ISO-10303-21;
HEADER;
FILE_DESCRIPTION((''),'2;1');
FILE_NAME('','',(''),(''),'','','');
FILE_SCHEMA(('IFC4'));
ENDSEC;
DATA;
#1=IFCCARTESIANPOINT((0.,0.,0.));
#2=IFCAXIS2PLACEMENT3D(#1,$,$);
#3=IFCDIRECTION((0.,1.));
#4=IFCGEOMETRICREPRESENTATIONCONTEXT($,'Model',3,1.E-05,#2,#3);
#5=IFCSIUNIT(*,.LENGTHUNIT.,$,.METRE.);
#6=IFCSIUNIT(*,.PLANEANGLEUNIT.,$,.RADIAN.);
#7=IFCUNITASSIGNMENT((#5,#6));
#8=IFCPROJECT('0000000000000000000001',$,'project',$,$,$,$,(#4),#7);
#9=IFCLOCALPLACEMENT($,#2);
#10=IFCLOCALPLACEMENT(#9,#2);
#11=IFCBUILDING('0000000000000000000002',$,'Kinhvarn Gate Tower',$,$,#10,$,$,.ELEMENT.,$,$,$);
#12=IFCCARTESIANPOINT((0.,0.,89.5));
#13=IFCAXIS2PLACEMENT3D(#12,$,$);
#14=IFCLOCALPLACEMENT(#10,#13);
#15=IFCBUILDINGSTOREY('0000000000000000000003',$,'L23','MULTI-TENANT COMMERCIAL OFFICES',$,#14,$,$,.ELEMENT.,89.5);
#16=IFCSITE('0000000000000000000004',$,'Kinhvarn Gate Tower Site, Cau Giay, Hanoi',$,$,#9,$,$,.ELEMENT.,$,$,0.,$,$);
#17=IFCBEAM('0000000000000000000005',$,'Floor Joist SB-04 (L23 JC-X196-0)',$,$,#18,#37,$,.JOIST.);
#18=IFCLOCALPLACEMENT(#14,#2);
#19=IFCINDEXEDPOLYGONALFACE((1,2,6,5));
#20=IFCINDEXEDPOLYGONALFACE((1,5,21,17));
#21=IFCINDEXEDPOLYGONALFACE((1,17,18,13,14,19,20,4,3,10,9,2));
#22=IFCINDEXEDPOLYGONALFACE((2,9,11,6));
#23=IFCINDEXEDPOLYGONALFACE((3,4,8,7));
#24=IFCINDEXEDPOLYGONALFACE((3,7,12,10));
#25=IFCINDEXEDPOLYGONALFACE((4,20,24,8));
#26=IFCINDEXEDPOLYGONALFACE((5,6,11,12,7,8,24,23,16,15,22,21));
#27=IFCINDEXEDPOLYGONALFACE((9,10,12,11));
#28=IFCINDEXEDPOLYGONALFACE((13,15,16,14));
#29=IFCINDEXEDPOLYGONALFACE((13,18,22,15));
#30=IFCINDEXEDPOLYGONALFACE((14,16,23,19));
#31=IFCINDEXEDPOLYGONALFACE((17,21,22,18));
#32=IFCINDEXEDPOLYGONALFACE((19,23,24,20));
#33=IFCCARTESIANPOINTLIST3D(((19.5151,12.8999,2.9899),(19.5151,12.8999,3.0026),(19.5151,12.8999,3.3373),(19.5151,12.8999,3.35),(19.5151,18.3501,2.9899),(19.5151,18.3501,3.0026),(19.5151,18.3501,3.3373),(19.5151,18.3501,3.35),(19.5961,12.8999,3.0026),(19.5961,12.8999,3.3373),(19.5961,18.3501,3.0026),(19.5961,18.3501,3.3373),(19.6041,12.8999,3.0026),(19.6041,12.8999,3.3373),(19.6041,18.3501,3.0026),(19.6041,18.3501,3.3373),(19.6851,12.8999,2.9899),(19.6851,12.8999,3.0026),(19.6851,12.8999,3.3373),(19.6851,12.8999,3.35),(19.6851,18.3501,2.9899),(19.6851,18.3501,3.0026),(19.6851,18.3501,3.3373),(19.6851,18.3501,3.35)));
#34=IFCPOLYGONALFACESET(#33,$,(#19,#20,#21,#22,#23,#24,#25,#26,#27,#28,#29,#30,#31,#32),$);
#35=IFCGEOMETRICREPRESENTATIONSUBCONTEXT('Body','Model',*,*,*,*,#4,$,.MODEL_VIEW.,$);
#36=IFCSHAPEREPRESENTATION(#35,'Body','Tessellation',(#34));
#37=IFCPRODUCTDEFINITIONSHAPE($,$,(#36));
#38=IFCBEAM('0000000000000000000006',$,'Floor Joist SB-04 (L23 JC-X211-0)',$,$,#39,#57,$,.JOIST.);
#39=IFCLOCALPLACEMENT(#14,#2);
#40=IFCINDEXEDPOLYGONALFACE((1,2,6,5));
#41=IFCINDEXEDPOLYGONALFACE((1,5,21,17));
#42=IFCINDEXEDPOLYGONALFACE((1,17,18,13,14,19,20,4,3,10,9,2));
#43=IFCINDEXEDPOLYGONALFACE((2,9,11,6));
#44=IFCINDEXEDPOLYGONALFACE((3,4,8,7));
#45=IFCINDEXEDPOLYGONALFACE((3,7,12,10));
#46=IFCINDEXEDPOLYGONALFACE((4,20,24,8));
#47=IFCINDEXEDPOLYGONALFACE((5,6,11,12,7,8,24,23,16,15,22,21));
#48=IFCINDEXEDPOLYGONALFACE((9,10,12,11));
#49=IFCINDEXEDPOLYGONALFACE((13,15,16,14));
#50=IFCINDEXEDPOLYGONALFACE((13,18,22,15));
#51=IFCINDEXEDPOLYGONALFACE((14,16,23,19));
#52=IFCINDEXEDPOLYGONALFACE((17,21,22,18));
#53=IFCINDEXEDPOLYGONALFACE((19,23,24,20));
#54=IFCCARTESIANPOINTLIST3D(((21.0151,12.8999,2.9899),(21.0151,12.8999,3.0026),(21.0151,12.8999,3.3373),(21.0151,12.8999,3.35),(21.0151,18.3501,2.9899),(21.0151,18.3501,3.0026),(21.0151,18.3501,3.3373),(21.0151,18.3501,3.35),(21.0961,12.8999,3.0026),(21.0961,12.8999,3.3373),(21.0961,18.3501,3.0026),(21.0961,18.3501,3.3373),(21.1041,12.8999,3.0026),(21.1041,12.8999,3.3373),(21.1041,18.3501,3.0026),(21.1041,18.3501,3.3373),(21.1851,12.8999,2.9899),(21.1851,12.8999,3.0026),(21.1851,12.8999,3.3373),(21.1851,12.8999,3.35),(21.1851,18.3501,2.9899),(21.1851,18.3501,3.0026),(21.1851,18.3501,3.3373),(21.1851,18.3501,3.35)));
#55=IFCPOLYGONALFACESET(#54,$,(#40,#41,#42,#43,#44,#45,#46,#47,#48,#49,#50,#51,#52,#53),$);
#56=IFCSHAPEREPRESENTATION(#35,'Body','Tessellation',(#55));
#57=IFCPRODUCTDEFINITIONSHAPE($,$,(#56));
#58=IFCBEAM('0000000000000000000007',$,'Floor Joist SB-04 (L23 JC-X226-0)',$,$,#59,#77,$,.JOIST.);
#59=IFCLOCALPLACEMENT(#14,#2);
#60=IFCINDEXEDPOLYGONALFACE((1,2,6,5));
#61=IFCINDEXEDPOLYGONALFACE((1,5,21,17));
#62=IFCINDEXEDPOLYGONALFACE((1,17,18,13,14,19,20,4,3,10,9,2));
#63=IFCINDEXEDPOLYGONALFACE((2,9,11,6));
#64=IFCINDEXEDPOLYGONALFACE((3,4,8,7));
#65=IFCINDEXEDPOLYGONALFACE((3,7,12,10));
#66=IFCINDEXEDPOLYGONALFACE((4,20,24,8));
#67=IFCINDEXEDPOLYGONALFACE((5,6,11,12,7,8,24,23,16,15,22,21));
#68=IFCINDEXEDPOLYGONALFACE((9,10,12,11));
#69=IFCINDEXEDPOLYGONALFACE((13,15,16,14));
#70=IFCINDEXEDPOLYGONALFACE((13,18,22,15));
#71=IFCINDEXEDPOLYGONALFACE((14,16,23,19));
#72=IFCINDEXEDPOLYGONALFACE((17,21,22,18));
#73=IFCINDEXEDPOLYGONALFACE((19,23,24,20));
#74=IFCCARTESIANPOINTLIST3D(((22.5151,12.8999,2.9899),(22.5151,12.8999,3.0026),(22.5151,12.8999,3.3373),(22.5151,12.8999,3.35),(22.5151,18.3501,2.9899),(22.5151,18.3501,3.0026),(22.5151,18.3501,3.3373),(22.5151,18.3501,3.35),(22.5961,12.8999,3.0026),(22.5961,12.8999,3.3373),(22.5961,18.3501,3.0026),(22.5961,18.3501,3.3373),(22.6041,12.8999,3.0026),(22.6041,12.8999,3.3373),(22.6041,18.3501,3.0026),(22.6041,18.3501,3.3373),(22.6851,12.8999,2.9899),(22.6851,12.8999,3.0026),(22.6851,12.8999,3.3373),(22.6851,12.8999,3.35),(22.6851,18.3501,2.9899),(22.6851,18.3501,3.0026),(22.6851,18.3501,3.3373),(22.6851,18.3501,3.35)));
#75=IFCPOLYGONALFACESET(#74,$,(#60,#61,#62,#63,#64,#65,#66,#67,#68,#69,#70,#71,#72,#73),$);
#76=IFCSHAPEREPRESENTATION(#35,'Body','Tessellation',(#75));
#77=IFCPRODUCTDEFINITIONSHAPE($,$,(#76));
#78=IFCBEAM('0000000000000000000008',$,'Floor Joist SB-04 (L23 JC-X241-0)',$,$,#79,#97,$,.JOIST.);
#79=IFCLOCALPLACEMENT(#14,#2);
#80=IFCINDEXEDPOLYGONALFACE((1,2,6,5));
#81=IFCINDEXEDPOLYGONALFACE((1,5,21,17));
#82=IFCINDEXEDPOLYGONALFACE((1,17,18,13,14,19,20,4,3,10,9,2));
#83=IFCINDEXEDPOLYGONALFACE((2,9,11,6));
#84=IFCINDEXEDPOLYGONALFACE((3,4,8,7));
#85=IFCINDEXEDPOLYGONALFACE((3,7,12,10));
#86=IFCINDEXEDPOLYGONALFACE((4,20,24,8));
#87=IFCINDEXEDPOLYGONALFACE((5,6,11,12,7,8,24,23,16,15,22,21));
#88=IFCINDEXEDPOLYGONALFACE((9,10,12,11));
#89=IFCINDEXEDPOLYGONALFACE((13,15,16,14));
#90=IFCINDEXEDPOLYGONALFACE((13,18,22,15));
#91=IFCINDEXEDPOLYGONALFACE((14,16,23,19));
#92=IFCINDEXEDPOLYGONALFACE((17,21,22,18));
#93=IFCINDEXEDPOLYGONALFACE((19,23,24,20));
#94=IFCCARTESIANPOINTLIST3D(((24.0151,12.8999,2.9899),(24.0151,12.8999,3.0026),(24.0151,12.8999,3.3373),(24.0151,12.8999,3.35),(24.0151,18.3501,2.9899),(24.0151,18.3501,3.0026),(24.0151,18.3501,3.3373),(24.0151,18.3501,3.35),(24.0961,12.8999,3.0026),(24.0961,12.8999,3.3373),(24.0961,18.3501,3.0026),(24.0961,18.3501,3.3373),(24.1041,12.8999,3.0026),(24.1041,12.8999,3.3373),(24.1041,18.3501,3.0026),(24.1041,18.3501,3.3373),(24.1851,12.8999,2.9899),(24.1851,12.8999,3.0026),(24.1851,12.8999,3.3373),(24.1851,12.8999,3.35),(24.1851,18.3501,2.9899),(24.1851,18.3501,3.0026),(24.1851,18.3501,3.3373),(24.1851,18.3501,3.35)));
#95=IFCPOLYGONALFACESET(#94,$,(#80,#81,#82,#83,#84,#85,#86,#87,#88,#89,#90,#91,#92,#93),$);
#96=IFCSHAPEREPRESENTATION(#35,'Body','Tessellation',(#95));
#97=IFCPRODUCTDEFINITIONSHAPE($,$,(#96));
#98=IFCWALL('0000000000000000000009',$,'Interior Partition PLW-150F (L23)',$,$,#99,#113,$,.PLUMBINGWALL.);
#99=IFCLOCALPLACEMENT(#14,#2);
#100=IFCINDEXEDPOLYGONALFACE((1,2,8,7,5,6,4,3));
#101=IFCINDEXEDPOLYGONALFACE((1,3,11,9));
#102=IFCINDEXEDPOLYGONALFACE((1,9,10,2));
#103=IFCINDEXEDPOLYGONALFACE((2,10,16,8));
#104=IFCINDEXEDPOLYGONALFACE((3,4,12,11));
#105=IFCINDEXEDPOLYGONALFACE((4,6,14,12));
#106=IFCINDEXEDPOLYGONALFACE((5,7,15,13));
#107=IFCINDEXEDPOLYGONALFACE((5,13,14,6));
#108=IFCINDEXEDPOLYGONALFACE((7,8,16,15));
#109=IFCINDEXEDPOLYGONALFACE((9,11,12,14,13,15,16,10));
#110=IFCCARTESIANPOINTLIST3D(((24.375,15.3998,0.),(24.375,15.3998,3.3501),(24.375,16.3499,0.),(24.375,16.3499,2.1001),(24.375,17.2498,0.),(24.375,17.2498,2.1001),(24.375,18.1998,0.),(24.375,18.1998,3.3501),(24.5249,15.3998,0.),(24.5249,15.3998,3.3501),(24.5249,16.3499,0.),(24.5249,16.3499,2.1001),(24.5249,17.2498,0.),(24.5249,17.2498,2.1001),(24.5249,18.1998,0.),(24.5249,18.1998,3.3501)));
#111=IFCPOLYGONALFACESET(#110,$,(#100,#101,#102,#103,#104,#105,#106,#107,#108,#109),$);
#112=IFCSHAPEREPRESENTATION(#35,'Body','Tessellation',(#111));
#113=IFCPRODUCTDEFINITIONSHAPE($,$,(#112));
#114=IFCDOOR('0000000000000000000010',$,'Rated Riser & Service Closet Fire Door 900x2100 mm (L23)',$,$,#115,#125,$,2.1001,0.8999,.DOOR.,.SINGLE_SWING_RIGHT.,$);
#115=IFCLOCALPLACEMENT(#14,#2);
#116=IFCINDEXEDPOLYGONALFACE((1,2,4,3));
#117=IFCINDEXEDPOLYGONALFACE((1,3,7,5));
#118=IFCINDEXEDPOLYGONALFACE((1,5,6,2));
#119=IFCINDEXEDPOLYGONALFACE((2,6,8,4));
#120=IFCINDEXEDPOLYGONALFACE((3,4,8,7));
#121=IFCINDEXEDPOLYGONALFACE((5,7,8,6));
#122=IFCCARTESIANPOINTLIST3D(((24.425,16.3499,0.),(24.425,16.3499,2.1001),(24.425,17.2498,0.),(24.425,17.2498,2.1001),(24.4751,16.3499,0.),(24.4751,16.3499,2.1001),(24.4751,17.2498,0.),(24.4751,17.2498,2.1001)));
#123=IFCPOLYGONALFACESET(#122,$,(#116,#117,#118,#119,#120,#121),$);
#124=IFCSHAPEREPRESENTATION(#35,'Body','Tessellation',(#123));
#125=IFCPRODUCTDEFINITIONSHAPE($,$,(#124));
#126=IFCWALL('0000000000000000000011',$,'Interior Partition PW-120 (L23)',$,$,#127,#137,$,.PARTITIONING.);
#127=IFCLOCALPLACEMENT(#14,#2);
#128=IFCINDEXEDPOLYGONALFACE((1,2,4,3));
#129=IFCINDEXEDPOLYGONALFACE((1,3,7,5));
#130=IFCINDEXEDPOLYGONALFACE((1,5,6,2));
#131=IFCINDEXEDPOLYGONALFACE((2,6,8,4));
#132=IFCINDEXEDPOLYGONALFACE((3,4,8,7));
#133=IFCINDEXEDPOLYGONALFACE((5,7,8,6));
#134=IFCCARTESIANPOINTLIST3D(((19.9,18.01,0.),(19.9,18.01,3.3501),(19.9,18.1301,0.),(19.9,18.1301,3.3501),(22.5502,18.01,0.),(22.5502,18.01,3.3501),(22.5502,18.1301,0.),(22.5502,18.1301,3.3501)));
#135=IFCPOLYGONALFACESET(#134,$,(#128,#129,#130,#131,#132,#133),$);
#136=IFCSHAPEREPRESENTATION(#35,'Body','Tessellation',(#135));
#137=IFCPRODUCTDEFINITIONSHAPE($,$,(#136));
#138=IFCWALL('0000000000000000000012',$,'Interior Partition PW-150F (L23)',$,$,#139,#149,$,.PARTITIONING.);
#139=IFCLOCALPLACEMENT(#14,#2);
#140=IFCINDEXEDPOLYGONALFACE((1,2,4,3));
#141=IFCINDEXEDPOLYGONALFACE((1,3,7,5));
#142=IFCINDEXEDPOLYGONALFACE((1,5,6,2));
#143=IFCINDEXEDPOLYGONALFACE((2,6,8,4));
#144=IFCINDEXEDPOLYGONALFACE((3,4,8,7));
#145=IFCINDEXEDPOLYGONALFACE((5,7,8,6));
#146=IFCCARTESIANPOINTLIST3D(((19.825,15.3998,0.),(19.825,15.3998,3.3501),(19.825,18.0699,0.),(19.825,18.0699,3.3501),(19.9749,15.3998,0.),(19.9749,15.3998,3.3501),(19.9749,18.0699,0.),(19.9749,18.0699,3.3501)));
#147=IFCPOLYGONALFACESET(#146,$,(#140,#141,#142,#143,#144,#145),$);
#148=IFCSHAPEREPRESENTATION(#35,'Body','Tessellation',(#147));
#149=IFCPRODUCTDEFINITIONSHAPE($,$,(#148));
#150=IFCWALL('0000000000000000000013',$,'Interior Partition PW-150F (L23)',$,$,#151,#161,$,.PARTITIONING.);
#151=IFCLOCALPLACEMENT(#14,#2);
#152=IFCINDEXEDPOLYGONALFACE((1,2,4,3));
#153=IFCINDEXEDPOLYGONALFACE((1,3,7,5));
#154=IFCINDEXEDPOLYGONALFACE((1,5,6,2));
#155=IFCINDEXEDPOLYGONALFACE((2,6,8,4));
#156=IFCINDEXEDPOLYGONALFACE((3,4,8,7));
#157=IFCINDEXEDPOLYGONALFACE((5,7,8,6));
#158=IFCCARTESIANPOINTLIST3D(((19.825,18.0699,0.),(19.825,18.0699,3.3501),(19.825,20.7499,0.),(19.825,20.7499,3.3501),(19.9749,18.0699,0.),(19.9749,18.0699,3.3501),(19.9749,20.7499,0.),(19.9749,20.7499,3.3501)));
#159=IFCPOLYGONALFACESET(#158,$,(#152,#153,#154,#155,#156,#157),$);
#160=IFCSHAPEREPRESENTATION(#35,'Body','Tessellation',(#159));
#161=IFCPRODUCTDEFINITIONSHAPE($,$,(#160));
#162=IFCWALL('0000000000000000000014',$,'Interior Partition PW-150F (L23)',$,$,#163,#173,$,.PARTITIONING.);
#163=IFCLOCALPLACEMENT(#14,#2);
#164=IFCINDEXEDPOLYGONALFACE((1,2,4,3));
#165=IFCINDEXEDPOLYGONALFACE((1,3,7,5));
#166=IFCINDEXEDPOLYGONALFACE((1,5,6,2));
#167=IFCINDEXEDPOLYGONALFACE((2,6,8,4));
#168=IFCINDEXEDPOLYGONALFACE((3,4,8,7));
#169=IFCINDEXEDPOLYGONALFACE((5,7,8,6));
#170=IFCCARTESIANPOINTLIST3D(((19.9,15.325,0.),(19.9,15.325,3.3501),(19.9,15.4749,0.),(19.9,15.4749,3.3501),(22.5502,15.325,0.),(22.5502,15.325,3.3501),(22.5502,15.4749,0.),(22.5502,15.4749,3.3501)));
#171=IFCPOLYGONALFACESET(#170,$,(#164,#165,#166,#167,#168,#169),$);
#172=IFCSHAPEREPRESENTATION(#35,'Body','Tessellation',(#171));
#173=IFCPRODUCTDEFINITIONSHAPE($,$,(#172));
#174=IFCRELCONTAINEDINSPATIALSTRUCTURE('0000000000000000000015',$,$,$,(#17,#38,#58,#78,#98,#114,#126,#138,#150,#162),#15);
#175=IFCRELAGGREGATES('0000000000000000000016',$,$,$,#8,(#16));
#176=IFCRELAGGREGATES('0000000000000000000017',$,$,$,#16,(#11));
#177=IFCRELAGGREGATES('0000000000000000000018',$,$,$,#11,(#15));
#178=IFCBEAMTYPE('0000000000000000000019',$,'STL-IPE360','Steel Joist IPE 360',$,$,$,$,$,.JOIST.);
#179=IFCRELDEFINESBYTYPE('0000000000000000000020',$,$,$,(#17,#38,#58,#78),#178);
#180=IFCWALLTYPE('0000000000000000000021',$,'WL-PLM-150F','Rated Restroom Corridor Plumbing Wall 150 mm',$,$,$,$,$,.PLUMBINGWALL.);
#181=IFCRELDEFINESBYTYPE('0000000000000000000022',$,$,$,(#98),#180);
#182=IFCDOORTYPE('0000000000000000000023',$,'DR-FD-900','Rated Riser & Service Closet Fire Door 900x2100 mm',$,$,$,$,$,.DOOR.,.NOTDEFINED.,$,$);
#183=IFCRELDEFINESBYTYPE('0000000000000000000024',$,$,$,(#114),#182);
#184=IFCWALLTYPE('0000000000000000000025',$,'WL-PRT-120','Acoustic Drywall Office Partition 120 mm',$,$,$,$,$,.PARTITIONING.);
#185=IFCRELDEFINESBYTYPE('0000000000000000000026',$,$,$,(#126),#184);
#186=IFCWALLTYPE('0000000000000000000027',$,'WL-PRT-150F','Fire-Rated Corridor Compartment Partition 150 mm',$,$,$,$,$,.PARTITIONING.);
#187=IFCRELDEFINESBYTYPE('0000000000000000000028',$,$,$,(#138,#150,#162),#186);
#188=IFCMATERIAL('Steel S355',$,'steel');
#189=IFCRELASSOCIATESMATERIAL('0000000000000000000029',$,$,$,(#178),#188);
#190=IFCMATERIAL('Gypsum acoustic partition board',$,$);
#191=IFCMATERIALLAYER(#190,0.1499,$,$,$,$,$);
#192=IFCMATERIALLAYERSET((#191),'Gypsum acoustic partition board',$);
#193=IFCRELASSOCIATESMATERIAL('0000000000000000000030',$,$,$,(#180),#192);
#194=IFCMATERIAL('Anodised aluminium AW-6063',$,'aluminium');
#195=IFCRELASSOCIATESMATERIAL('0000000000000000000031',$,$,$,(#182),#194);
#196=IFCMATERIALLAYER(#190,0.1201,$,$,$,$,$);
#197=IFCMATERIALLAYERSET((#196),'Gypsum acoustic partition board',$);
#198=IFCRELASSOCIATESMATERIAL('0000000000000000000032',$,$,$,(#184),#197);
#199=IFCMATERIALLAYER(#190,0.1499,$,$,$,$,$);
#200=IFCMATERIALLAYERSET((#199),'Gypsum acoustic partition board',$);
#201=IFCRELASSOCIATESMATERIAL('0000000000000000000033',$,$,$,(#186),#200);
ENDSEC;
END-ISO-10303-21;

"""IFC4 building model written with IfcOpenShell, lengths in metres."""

from ifc_helpers import new_model, si_unit, direction, frame, frame_2d, origin, origin_2d, place, context, subcontext, project, spatial, rectangle, i_section, extrude, material, layer, layer_set, material_profile, profile_set, type_object, element, fill, save


model = new_model("IFC4")

# Units and contexts
model_context = context("Model", 3, precision=1e-05, world=origin(), true_north=direction((0.0, 1.0)))
body_context = subcontext(model_context, "Body", "Model", "MODEL_VIEW")
ifc_project = project(units=[si_unit("LENGTHUNIT", "METRE"), si_unit("PLANEANGLEUNIT", "RADIAN")], contexts=[model_context])

# Site, building, storey
site_placement = place(None, origin())
site = spatial("IfcSite", under=ifc_project, at=site_placement, Name="Kinhvarn Gate Tower Site, Cau Giay, Hanoi", CompositionType="ELEMENT", RefElevation=0.0)
building_placement = place(site_placement, origin())
building = spatial("IfcBuilding", under=site, at=building_placement, Name="Kinhvarn Gate Tower", CompositionType="ELEMENT")
storey_placement = place(building_placement, frame((0.0, 0.0, 89.5)))
storey = spatial("IfcBuildingStorey", under=building, at=storey_placement, Name="L23", Description="MULTI-TENANT COMMERCIAL OFFICES", CompositionType="ELEMENT", Elevation=89.5)

# Beams
ifc_material_1 = material(Name="Steel S355", Category="steel")
ifc_material_profile = material_profile(ifc_material_1, i_section(OverallWidth=0.1699, OverallDepth=0.3601, WebThickness=0.0081, FlangeThickness=0.0127, at=origin_2d()), Name="IPE 360")
ifc_profile_set = profile_set([ifc_material_profile], Name="Steel S355")
beam_type = type_object("IfcBeamType", Name="STL-IPE360", Description="Steel Joist IPE 360", PredefinedType="JOIST", material=ifc_profile_set)
for number, where, z_axis, x_axis, name in (
    (1, (19.6001, 12.8999, 3.1699), (0.0, 1.0, 0.0), (-1.0, 0.0, 0.0), "Floor Joist SB-04 (L23 JC-X196-0)"),
    (2, (21.1001, 12.8999, 3.1699), (0.0, 1.0, 0.0), (-1.0, 0.0, 0.0), "Floor Joist SB-04 (L23 JC-X211-0)"),
    (3, (22.6001, 12.8999, 3.1699), (0.0, 1.0, 0.0), (-1.0, 0.0, 0.0), "Floor Joist SB-04 (L23 JC-X226-0)"),
    (4, (24.1001, 12.8999, 3.1699), (0.0, 1.0, 0.0), (-1.0, 0.0, 0.0), "Floor Joist SB-04 (L23 JC-X241-0)"),
):
    element("IfcBeam", number, at=place(storey_placement, frame(where, z_axis=z_axis, x_axis=x_axis)), inside=storey, type_object=beam_type, Name=name, PredefinedType="JOIST", context=body_context, shape_type="SweptSolid", body=[
        extrude(i_section(OverallWidth=0.1699, OverallDepth=0.3601, WebThickness=0.0081, FlangeThickness=0.0127, at=origin_2d()), origin(), (0.0, 0.0, 1.0), 5.4502),
    ])

# Wall, opening, door
ifc_material_2 = material(Name="Gypsum acoustic partition board")
ifc_layer_1 = layer(ifc_material_2, 0.1499)
ifc_layer_set_1 = layer_set([ifc_layer_1], Name="Gypsum acoustic partition board")
wall_type_1 = type_object("IfcWallType", Name="WL-PLM-150F", Description="Rated Restroom Corridor Plumbing Wall 150 mm", PredefinedType="PLUMBINGWALL", material=ifc_layer_set_1)
wall_1_placement = place(storey_placement, frame((24.45, 15.3999, 0.0), z_axis=(0.0, 0.0, 1.0), x_axis=(0.0, 1.0, 0.0)))
wall_1 = element("IfcWall", 5, at=wall_1_placement, inside=storey, type_object=wall_type_1, Name="Interior Partition PLW-150F (L23)", PredefinedType="PLUMBINGWALL", context=body_context, shape_type="SweptSolid", body=[
    extrude(rectangle(XDim=2.8, YDim=0.1499, at=frame_2d((1.3999, 0.0))), origin(), (0.0, 0.0, 1.0), 3.3501),
])
opening_1_placement = place(wall_1_placement, frame((0.95, 0.0, 0.0)))
opening_1 = element("IfcOpeningElement", 6, at=opening_1_placement, cuts=wall_1, PredefinedType="OPENING", context=body_context, shape_type="SweptSolid", body=[
    extrude(rectangle(XDim=0.8999, YDim=2.1001, at=frame_2d((0.45, 1.05))), frame((0.0, 0.085, 0.0), z_axis=(0.0, -1.0, 0.0), x_axis=(1.0, 0.0, 0.0)), (0.0, 0.0, 1.0), 0.1699),
])
ifc_material_3 = material(Name="Anodised aluminium AW-6063", Category="aluminium")
door_type_1 = type_object("IfcDoorType", Name="DR-FD-900", Description="Rated Riser & Service Closet Fire Door 900x2100 mm", OperationType="NOTDEFINED", PredefinedType="DOOR", material=ifc_material_3)
door_1_placement = place(opening_1_placement, origin())
door_1 = element("IfcDoor", 7, at=door_1_placement, inside=storey, type_object=door_type_1, Name="Rated Riser & Service Closet Fire Door 900x2100 mm (L23)", OperationType="SINGLE_SWING_RIGHT", OverallHeight=2.1001, OverallWidth=0.8999, PredefinedType="DOOR", context=body_context, shape_type="SweptSolid", body=[
    extrude(rectangle(XDim=0.8999, YDim=2.1001, at=frame_2d((0.45, 1.05))), frame((0.0, 0.0249, 0.0), z_axis=(0.0, -1.0, 0.0), x_axis=(1.0, 0.0, 0.0)), (0.0, 0.0, 1.0), 0.05),
])
fill(opening_1, door_1)

# Wall
ifc_layer_2 = layer(ifc_material_2, 0.1201)
ifc_layer_set_2 = layer_set([ifc_layer_2], Name="Gypsum acoustic partition board")
wall_type_2 = type_object("IfcWallType", Name="WL-PRT-120", Description="Acoustic Drywall Office Partition 120 mm", PredefinedType="PARTITIONING", material=ifc_layer_set_2)
wall_2_placement = place(storey_placement, frame((19.8999, 18.0701, 0.0), z_axis=(0.0, 0.0, 1.0), x_axis=(1.0, 0.0, 0.0)))
element("IfcWall", 8, at=wall_2_placement, inside=storey, type_object=wall_type_2, Name="Interior Partition PW-120 (L23)", PredefinedType="PARTITIONING", context=body_context, shape_type="SweptSolid", body=[
    extrude(rectangle(XDim=2.6501, YDim=0.1201, at=frame_2d((1.3252, 0.0))), origin(), (0.0, 0.0, 1.0), 3.3501),
])

# Shared definitions
ifc_layer_3 = layer(ifc_material_2, 0.1499)
ifc_layer_set_3 = layer_set([ifc_layer_3], Name="Gypsum acoustic partition board")
wall_type_3 = type_object("IfcWallType", Name="WL-PRT-150F", Description="Fire-Rated Corridor Compartment Partition 150 mm", PredefinedType="PARTITIONING", material=ifc_layer_set_3)

# Walls
wall_3_placement = place(storey_placement, frame((19.8999, 15.3999, 0.0), z_axis=(0.0, 0.0, 1.0), x_axis=(0.0, 1.0, 0.0)))
element("IfcWall", 9, at=wall_3_placement, inside=storey, type_object=wall_type_3, Name="Interior Partition PW-150F (L23)", PredefinedType="PARTITIONING", context=body_context, shape_type="SweptSolid", body=[
    extrude(rectangle(XDim=2.6702, YDim=0.1499, at=frame_2d((1.335, 0.0))), origin(), (0.0, 0.0, 1.0), 3.3501),
])
wall_4_placement = place(storey_placement, frame((19.8999, 18.0701, 0.0), z_axis=(0.0, 0.0, 1.0), x_axis=(0.0, 1.0, 0.0)))
element("IfcWall", 10, at=wall_4_placement, inside=storey, type_object=wall_type_3, Name="Interior Partition PW-150F (L23)", PredefinedType="PARTITIONING", context=body_context, shape_type="SweptSolid", body=[
    extrude(rectangle(XDim=2.6799, YDim=0.1499, at=frame_2d((1.3398, 0.0))), origin(), (0.0, 0.0, 1.0), 3.3501),
])
wall_5_placement = place(storey_placement, frame((19.8999, 15.3999, 0.0), z_axis=(0.0, 0.0, 1.0), x_axis=(1.0, 0.0, 0.0)))
element("IfcWall", 11, at=wall_5_placement, inside=storey, type_object=wall_type_3, Name="Interior Partition PW-150F (L23)", PredefinedType="PARTITIONING", context=body_context, shape_type="SweptSolid", body=[
    extrude(rectangle(XDim=2.6501, YDim=0.1499, at=frame_2d((1.3252, 0.0))), origin(), (0.0, 0.0, 1.0), 3.3501),
])

save(model, "model.ifc")
